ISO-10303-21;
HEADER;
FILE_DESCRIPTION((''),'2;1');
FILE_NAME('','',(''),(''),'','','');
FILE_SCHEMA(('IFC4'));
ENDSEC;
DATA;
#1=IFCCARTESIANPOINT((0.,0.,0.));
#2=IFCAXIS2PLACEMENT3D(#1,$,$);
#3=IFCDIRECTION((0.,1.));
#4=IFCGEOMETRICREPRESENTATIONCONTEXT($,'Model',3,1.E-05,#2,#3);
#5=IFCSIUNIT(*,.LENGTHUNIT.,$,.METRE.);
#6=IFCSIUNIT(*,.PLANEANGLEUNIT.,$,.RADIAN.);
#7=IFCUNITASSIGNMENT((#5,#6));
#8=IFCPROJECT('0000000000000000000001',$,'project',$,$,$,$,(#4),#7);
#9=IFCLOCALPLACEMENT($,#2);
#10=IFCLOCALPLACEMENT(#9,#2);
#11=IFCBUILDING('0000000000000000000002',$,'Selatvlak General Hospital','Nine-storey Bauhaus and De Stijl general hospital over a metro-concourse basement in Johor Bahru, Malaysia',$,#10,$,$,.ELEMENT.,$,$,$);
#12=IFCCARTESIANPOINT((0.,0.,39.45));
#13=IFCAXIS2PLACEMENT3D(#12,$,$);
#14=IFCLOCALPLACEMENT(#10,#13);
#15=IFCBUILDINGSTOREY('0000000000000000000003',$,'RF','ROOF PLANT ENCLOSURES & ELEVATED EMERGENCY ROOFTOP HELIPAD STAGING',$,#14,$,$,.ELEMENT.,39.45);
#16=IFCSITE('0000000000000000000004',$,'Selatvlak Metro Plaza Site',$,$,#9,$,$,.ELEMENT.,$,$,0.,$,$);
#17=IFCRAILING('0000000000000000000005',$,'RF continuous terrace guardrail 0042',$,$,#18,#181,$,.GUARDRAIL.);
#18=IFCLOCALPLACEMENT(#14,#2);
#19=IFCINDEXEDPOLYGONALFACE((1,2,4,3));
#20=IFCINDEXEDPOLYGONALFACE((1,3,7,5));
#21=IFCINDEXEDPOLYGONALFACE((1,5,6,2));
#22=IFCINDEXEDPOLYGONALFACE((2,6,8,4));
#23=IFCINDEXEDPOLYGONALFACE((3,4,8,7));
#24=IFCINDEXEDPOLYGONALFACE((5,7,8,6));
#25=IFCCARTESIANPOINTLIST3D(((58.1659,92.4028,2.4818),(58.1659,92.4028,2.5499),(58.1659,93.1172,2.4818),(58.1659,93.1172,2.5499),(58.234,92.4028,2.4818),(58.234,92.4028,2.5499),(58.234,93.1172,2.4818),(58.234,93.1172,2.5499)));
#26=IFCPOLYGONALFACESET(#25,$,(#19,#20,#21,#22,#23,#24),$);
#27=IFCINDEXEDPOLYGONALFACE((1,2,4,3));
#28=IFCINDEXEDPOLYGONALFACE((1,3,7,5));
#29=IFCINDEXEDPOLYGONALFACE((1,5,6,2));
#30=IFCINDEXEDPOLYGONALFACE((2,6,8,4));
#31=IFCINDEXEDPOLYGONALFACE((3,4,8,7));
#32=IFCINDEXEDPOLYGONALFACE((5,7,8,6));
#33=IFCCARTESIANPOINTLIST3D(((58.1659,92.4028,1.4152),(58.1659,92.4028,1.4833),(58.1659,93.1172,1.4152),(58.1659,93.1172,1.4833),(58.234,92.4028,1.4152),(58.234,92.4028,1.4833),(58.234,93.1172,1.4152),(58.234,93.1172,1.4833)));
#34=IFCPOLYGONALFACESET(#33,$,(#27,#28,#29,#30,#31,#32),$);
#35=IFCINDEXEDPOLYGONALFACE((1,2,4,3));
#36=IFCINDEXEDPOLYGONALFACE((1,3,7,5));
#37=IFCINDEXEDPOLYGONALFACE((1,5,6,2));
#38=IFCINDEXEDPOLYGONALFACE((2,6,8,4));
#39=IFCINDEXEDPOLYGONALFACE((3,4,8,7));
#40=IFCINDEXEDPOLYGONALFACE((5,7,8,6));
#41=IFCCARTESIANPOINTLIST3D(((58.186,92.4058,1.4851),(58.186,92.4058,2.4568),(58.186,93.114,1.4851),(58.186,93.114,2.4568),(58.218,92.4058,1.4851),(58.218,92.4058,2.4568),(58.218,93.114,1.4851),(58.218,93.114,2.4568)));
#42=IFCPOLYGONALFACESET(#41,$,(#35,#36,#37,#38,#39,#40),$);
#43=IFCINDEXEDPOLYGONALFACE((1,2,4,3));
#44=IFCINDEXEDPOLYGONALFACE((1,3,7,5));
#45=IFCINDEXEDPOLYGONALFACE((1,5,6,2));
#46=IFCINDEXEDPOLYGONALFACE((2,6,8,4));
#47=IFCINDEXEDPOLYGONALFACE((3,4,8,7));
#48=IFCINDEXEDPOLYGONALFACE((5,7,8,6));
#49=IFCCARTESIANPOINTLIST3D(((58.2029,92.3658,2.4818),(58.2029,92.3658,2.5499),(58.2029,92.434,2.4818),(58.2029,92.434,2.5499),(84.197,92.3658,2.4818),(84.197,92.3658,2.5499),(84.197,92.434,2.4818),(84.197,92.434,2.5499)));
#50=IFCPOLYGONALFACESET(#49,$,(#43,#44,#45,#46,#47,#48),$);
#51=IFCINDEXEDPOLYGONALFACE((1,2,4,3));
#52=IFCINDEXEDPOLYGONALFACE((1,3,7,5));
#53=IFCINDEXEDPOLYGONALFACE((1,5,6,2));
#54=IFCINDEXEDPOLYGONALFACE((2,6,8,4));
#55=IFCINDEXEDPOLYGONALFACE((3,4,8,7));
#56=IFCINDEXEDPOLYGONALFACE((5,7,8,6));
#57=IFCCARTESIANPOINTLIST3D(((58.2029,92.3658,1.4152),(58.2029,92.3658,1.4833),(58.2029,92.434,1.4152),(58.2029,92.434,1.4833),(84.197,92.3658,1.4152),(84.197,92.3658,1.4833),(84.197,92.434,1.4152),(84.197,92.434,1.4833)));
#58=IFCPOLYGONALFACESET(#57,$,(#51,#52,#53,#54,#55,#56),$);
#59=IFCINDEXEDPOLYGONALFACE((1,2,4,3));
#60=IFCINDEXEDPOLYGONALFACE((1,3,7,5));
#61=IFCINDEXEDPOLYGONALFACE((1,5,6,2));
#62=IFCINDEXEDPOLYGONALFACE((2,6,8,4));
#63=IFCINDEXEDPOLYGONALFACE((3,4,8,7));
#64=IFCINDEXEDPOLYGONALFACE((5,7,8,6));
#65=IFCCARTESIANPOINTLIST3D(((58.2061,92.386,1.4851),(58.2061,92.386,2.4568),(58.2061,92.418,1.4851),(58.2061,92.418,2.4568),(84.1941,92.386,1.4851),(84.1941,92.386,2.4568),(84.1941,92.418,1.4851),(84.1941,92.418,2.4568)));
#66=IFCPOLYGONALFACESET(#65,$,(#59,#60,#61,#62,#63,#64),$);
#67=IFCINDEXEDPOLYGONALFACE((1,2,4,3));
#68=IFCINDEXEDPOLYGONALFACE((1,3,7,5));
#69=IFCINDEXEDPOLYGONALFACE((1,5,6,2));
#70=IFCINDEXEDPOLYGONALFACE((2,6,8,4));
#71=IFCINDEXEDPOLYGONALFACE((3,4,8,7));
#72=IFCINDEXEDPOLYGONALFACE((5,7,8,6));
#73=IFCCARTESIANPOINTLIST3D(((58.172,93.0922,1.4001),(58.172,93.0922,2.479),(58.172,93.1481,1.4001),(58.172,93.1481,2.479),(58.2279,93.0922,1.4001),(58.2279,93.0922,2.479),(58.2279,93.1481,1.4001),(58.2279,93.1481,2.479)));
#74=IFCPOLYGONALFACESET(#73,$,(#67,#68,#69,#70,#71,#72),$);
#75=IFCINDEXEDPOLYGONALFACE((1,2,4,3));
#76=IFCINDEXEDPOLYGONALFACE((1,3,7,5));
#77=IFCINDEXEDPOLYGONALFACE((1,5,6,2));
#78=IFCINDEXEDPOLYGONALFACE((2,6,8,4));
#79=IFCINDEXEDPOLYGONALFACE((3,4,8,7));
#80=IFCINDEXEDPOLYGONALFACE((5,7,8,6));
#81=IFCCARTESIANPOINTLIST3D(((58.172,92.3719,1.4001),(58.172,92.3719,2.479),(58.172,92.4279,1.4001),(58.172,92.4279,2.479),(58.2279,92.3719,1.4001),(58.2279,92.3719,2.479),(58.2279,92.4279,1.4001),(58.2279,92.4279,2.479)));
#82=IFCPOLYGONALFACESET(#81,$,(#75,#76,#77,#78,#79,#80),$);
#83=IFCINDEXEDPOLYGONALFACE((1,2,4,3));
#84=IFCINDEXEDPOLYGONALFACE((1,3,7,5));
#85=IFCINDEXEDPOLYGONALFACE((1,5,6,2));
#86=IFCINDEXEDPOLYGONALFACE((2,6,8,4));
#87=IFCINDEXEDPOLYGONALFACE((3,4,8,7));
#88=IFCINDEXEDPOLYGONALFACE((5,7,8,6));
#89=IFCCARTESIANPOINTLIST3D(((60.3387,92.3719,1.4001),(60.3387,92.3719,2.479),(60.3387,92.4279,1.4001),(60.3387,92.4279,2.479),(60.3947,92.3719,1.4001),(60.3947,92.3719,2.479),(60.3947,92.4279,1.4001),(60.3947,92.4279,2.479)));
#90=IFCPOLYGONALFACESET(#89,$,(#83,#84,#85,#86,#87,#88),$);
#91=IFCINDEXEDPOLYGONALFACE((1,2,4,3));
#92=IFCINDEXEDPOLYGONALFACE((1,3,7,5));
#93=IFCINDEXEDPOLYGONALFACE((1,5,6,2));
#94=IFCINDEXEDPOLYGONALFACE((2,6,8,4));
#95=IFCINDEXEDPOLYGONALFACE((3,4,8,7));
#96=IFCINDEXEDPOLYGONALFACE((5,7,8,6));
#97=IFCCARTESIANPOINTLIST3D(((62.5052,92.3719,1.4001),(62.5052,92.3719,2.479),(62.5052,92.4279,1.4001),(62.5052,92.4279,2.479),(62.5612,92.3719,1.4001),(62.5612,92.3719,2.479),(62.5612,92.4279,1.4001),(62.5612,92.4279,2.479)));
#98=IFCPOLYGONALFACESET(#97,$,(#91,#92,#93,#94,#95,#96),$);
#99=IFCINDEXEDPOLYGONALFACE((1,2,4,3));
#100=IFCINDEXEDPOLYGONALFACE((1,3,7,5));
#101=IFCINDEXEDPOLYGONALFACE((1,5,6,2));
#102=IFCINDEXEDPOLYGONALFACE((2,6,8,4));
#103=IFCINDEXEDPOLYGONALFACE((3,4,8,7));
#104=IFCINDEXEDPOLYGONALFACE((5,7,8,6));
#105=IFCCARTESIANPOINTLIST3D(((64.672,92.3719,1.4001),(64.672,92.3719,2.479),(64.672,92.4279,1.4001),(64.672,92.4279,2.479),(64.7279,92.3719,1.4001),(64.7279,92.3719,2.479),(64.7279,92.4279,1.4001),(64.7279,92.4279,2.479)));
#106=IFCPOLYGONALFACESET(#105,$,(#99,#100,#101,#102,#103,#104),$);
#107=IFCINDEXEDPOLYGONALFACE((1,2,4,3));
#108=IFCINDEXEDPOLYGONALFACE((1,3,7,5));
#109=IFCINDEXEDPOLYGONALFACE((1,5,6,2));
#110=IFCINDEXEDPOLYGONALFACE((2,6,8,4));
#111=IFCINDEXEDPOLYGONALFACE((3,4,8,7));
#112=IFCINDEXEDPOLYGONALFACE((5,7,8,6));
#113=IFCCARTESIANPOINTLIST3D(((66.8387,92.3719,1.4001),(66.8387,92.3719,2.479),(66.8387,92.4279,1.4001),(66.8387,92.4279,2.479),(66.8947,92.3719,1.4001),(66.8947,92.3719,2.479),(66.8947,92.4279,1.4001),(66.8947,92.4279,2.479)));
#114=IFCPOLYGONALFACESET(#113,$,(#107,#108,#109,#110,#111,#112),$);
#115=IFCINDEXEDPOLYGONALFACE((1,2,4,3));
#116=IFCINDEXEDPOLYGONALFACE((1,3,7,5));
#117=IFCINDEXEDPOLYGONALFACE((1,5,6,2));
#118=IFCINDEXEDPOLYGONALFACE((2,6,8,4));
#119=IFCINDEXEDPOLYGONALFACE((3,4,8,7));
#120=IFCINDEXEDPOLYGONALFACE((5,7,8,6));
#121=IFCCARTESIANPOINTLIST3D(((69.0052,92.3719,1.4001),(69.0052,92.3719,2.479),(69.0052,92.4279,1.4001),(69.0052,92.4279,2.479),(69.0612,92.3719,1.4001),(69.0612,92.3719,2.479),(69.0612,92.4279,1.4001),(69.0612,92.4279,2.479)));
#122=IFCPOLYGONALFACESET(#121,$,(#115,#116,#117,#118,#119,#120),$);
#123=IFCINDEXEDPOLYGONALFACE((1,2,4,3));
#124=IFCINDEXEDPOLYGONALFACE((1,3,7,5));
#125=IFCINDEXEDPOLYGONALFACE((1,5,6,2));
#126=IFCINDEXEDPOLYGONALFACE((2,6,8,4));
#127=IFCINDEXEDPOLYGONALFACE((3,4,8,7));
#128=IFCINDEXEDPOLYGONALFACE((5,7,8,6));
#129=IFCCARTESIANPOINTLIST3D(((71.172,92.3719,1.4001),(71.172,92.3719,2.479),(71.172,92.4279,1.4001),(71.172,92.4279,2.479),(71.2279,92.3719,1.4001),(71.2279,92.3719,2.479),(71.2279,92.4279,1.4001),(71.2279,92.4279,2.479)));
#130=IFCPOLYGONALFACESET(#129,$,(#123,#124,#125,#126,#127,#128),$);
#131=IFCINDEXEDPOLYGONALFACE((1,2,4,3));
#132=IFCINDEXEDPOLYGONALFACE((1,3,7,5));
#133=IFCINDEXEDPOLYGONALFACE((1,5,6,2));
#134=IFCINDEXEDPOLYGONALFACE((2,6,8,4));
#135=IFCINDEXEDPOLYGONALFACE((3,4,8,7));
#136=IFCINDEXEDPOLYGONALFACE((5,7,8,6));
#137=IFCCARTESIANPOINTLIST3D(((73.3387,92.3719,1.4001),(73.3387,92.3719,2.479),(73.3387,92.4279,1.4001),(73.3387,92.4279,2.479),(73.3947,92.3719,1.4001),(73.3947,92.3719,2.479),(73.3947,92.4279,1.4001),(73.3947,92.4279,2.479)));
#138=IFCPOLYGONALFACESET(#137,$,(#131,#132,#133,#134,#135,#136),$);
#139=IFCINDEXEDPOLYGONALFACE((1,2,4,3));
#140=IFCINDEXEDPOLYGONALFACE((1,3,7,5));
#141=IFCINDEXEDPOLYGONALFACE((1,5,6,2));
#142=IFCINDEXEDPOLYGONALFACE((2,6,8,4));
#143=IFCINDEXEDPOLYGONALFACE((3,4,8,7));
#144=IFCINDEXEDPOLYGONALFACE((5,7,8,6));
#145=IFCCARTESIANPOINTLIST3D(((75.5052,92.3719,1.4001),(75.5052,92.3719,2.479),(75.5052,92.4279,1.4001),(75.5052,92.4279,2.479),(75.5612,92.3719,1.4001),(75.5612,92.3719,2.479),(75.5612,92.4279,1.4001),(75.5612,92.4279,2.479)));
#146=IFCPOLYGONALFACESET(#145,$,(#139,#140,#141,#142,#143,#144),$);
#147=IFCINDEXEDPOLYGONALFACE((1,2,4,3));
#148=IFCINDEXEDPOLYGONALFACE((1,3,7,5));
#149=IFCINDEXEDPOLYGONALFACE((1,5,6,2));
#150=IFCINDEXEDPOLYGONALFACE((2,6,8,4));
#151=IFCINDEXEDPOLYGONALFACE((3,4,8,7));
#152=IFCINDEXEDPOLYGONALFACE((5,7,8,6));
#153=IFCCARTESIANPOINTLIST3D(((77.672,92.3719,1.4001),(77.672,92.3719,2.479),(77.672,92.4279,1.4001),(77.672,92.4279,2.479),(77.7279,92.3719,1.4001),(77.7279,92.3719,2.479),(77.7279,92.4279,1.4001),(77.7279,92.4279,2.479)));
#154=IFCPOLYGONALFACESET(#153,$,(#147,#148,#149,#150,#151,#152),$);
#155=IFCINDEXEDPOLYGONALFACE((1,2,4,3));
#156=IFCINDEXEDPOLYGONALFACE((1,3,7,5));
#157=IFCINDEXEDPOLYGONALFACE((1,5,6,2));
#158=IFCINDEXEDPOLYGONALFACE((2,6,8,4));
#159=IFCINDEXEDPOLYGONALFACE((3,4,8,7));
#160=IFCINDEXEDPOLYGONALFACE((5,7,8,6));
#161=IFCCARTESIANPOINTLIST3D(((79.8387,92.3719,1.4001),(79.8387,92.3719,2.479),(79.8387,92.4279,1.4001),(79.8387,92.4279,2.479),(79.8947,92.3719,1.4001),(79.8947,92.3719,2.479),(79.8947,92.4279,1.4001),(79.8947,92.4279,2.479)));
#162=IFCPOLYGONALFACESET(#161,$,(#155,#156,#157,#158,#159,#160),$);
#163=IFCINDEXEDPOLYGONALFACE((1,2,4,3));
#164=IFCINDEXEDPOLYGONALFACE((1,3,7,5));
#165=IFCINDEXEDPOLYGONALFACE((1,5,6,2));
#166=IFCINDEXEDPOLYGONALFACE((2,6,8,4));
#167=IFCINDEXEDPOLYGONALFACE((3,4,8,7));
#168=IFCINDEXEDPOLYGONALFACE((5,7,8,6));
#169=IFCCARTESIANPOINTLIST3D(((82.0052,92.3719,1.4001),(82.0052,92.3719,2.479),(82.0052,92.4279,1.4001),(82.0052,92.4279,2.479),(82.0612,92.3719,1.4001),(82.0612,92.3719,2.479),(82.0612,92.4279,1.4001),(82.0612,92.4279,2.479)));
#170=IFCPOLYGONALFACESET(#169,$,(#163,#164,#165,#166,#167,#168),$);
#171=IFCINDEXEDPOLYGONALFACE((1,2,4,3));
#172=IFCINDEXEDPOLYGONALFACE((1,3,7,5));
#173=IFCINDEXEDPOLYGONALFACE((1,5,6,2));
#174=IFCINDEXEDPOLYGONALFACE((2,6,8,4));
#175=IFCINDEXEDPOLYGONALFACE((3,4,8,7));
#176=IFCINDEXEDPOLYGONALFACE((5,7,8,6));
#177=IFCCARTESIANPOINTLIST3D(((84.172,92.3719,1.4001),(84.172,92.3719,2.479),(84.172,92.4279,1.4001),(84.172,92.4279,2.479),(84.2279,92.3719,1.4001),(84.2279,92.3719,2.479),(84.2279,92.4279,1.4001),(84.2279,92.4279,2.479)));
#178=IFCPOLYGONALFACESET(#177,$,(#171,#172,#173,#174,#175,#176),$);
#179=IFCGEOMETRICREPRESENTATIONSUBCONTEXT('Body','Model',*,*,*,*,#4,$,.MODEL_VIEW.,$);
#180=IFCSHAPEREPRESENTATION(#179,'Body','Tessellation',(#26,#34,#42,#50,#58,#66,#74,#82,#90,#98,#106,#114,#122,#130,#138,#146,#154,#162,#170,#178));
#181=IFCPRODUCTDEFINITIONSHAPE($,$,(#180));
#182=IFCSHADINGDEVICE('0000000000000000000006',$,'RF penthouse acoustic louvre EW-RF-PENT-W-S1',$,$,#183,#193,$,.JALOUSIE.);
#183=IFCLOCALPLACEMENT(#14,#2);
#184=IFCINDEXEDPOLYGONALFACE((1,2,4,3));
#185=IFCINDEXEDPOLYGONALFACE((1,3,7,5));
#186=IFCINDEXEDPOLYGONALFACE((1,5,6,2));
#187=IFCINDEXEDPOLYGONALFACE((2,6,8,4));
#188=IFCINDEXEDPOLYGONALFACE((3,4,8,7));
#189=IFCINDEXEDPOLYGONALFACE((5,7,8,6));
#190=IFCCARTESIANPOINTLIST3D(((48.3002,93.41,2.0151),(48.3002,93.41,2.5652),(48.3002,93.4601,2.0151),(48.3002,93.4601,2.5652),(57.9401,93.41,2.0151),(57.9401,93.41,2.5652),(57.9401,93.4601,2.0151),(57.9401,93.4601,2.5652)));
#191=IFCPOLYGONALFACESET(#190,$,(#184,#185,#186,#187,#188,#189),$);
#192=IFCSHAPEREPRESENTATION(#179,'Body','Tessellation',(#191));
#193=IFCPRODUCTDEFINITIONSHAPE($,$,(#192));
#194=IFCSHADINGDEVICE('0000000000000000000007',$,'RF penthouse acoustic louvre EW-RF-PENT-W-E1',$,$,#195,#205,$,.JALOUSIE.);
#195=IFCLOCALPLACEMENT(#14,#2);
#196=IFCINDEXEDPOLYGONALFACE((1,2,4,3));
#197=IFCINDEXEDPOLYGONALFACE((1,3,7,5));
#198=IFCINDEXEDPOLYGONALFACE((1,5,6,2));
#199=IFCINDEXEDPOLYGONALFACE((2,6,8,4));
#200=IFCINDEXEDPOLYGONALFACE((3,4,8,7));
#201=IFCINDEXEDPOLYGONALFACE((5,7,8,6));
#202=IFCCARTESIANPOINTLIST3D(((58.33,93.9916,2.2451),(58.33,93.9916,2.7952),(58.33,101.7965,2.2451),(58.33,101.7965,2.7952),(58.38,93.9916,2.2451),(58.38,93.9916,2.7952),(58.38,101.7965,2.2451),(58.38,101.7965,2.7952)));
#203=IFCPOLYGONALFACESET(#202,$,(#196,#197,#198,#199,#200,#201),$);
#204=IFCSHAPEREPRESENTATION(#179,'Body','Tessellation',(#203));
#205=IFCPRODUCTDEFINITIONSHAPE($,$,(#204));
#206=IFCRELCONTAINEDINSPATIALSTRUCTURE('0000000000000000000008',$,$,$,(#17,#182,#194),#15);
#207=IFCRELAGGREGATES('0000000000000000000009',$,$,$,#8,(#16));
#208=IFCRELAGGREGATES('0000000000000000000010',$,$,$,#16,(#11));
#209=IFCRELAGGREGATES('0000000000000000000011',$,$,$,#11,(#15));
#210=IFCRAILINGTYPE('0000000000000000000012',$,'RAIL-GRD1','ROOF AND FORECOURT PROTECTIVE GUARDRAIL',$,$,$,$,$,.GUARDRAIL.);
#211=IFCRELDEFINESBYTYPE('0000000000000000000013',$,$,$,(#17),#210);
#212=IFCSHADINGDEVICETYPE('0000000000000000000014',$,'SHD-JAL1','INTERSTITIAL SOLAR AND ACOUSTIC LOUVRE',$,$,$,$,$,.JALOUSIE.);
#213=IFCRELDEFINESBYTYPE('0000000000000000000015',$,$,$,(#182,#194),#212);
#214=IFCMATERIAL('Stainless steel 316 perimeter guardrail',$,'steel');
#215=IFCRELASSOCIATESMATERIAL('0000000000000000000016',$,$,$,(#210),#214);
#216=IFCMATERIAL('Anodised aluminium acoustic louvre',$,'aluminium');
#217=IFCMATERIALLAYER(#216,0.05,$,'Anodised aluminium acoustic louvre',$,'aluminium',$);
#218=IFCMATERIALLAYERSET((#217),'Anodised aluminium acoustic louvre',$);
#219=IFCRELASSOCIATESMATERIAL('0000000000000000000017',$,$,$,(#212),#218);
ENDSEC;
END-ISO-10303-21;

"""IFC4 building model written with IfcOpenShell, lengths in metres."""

from ifc_helpers import new_model, si_unit, direction, frame, origin, origin_2d, place, context, subcontext, project, spatial, polyline, rectangle, outline, extrude, material, layer, layer_set, type_object, element, save


model = new_model("IFC4")

# Units and contexts
model_context = context("Model", 3, precision=1e-05, world=origin(), true_north=direction((0.0, 1.0)))
body_context = subcontext(model_context, "Body", "Model", "MODEL_VIEW")
ifc_project = project(units=[si_unit("LENGTHUNIT", "METRE"), si_unit("PLANEANGLEUNIT", "RADIAN")], contexts=[model_context])

# Site, building, storey
site_placement = place(None, origin())
site = spatial("IfcSite", under=ifc_project, at=site_placement, Name="Selatvlak Metro Plaza Site", CompositionType="ELEMENT", RefElevation=0.0)
building_placement = place(site_placement, origin())
building = spatial("IfcBuilding", under=site, at=building_placement, Name="Selatvlak General Hospital", Description="Nine-storey Bauhaus and De Stijl general hospital over a metro-concourse basement in Johor Bahru, Malaysia", CompositionType="ELEMENT")
storey_placement = place(building_placement, frame((0.0, 0.0, 39.45)))
storey = spatial("IfcBuildingStorey", under=building, at=storey_placement, Name="RF", Description="ROOF PLANT ENCLOSURES & ELEVATED EMERGENCY ROOFTOP HELIPAD STAGING", CompositionType="ELEMENT", Elevation=39.45)

# Railing
ifc_material_1 = material(Name="Stainless steel 316 perimeter guardrail", Category="steel")
railing_type = type_object("IfcRailingType", Name="RAIL-GRD1", Description="ROOF AND FORECOURT PROTECTIVE GUARDRAIL", PredefinedType="GUARDRAIL", material=ifc_material_1)
railing_placement = place(storey_placement, frame((58.2, 93.1201, 1.4001)))
element("IfcRailing", 1, at=railing_placement, inside=storey, type_object=railing_type, Name="RF continuous terrace guardrail 0042", PredefinedType="GUARDRAIL", context=body_context, shape_type="SweptSolid", body=[
    extrude(rectangle(XDim=0.0681, YDim=0.0681, at=origin_2d()), frame((0.0, -0.0029, 1.1157), z_axis=(0.0, -1.0, 0.0), x_axis=(1.0, 0.0, 0.0)), (0.0, 0.0, 1.0), 0.7144),
    extrude(rectangle(XDim=0.0681, YDim=0.0681, at=origin_2d()), frame((0.0, -0.0029, 0.0491), z_axis=(0.0, -1.0, 0.0), x_axis=(1.0, 0.0, 0.0)), (0.0, 0.0, 1.0), 0.7144),
    extrude(outline(polyline([(0.0, 0.0), (0.7083, 0.0), (0.7083, 0.9717), (0.0, 0.9717), (0.0, 0.0)])), frame((0.0181, -0.0061, 0.085), z_axis=(-1.0, 0.0, 0.0), x_axis=(0.0, -1.0, 0.0)), (0.0, 0.0, 1.0), 0.032),
    extrude(rectangle(XDim=0.0681, YDim=0.0681, at=origin_2d()), frame((0.0029, -0.7202, 1.1157), z_axis=(1.0, 0.0, 0.0), x_axis=(0.0, 1.0, 0.0)), (0.0, 0.0, 1.0), 25.9941),
    extrude(rectangle(XDim=0.0681, YDim=0.0681, at=origin_2d()), frame((0.0029, -0.7202, 0.0491), z_axis=(1.0, 0.0, 0.0), x_axis=(0.0, 1.0, 0.0)), (0.0, 0.0, 1.0), 25.9941),
    extrude(outline(polyline([(0.0, 0.0), (25.988, 0.0), (25.988, 0.9717), (0.0, 0.9717), (0.0, 0.0)])), frame((0.0061, -0.7021, 0.085), z_axis=(0.0, -1.0, 0.0), x_axis=(1.0, 0.0, 0.0)), (0.0, 0.0, 1.0), 0.032),
    extrude(rectangle(XDim=0.0559, YDim=0.0559, at=origin_2d()), origin(), (0.0, 0.0, 1.0), 1.0789),
    extrude(rectangle(XDim=0.0559, YDim=0.0559, at=origin_2d()), frame((0.0, -0.7202, 0.0)), (0.0, 0.0, 1.0), 1.0789),
    extrude(rectangle(XDim=0.0559, YDim=0.0559, at=origin_2d()), frame((2.1667, -0.7202, 0.0)), (0.0, 0.0, 1.0), 1.0789),
    extrude(rectangle(XDim=0.0559, YDim=0.0559, at=origin_2d()), frame((4.3333, -0.7202, 0.0)), (0.0, 0.0, 1.0), 1.0789),
    extrude(rectangle(XDim=0.0559, YDim=0.0559, at=origin_2d()), frame((6.5, -0.7202, 0.0)), (0.0, 0.0, 1.0), 1.0789),
    extrude(rectangle(XDim=0.0559, YDim=0.0559, at=origin_2d()), frame((8.6667, -0.7202, 0.0)), (0.0, 0.0, 1.0), 1.0789),
    extrude(rectangle(XDim=0.0559, YDim=0.0559, at=origin_2d()), frame((10.8333, -0.7202, 0.0)), (0.0, 0.0, 1.0), 1.0789),
    extrude(rectangle(XDim=0.0559, YDim=0.0559, at=origin_2d()), frame((13.0, -0.7202, 0.0)), (0.0, 0.0, 1.0), 1.0789),
    extrude(rectangle(XDim=0.0559, YDim=0.0559, at=origin_2d()), frame((15.1667, -0.7202, 0.0)), (0.0, 0.0, 1.0), 1.0789),
    extrude(rectangle(XDim=0.0559, YDim=0.0559, at=origin_2d()), frame((17.3333, -0.7202, 0.0)), (0.0, 0.0, 1.0), 1.0789),
    extrude(rectangle(XDim=0.0559, YDim=0.0559, at=origin_2d()), frame((19.5, -0.7202, 0.0)), (0.0, 0.0, 1.0), 1.0789),
    extrude(rectangle(XDim=0.0559, YDim=0.0559, at=origin_2d()), frame((21.6667, -0.7202, 0.0)), (0.0, 0.0, 1.0), 1.0789),
    extrude(rectangle(XDim=0.0559, YDim=0.0559, at=origin_2d()), frame((23.8333, -0.7202, 0.0)), (0.0, 0.0, 1.0), 1.0789),
    extrude(rectangle(XDim=0.0559, YDim=0.0559, at=origin_2d()), frame((26.0, -0.7202, 0.0)), (0.0, 0.0, 1.0), 1.0789),
])

# Shading devices
ifc_material_2 = material(Name="Anodised aluminium acoustic louvre", Category="aluminium")
ifc_layer_1 = layer(ifc_material_2, 0.05, Name="Anodised aluminium acoustic louvre", Category="aluminium")
ifc_layer_set_1 = layer_set([ifc_layer_1], Name="Anodised aluminium acoustic louvre")
shading_device_type = type_object("IfcShadingDeviceType", Name="SHD-JAL1", Description="INTERSTITIAL SOLAR AND ACOUSTIC LOUVRE", PredefinedType="JALOUSIE", material=ifc_layer_set_1)
shading_device_1_placement = place(storey_placement, frame((53.1201, 93.4351, 2.0151), z_axis=(0.0, 0.0, 1.0), x_axis=(1.0, 0.0, 0.0)))
element("IfcShadingDevice", 2, at=shading_device_1_placement, inside=storey, type_object=shading_device_type, Name="RF penthouse acoustic louvre EW-RF-PENT-W-S1", PredefinedType="JALOUSIE", context=body_context, shape_type="SweptSolid", body=[
    extrude(rectangle(XDim=9.6399, YDim=0.05, at=origin_2d()), origin(), (0.0, 0.0, 1.0), 0.55),
])
shading_device_2_placement = place(storey_placement, frame((58.355, 97.894, 2.2451), z_axis=(0.0, 0.0, 1.0), x_axis=(0.0, 1.0, 0.0)))
element("IfcShadingDevice", 3, at=shading_device_2_placement, inside=storey, type_object=shading_device_type, Name="RF penthouse acoustic louvre EW-RF-PENT-W-E1", PredefinedType="JALOUSIE", context=body_context, shape_type="SweptSolid", body=[
    extrude(rectangle(XDim=7.8049, YDim=0.05, at=origin_2d()), origin(), (0.0, 0.0, 1.0), 0.55),
])

save(model, "model.ifc")
